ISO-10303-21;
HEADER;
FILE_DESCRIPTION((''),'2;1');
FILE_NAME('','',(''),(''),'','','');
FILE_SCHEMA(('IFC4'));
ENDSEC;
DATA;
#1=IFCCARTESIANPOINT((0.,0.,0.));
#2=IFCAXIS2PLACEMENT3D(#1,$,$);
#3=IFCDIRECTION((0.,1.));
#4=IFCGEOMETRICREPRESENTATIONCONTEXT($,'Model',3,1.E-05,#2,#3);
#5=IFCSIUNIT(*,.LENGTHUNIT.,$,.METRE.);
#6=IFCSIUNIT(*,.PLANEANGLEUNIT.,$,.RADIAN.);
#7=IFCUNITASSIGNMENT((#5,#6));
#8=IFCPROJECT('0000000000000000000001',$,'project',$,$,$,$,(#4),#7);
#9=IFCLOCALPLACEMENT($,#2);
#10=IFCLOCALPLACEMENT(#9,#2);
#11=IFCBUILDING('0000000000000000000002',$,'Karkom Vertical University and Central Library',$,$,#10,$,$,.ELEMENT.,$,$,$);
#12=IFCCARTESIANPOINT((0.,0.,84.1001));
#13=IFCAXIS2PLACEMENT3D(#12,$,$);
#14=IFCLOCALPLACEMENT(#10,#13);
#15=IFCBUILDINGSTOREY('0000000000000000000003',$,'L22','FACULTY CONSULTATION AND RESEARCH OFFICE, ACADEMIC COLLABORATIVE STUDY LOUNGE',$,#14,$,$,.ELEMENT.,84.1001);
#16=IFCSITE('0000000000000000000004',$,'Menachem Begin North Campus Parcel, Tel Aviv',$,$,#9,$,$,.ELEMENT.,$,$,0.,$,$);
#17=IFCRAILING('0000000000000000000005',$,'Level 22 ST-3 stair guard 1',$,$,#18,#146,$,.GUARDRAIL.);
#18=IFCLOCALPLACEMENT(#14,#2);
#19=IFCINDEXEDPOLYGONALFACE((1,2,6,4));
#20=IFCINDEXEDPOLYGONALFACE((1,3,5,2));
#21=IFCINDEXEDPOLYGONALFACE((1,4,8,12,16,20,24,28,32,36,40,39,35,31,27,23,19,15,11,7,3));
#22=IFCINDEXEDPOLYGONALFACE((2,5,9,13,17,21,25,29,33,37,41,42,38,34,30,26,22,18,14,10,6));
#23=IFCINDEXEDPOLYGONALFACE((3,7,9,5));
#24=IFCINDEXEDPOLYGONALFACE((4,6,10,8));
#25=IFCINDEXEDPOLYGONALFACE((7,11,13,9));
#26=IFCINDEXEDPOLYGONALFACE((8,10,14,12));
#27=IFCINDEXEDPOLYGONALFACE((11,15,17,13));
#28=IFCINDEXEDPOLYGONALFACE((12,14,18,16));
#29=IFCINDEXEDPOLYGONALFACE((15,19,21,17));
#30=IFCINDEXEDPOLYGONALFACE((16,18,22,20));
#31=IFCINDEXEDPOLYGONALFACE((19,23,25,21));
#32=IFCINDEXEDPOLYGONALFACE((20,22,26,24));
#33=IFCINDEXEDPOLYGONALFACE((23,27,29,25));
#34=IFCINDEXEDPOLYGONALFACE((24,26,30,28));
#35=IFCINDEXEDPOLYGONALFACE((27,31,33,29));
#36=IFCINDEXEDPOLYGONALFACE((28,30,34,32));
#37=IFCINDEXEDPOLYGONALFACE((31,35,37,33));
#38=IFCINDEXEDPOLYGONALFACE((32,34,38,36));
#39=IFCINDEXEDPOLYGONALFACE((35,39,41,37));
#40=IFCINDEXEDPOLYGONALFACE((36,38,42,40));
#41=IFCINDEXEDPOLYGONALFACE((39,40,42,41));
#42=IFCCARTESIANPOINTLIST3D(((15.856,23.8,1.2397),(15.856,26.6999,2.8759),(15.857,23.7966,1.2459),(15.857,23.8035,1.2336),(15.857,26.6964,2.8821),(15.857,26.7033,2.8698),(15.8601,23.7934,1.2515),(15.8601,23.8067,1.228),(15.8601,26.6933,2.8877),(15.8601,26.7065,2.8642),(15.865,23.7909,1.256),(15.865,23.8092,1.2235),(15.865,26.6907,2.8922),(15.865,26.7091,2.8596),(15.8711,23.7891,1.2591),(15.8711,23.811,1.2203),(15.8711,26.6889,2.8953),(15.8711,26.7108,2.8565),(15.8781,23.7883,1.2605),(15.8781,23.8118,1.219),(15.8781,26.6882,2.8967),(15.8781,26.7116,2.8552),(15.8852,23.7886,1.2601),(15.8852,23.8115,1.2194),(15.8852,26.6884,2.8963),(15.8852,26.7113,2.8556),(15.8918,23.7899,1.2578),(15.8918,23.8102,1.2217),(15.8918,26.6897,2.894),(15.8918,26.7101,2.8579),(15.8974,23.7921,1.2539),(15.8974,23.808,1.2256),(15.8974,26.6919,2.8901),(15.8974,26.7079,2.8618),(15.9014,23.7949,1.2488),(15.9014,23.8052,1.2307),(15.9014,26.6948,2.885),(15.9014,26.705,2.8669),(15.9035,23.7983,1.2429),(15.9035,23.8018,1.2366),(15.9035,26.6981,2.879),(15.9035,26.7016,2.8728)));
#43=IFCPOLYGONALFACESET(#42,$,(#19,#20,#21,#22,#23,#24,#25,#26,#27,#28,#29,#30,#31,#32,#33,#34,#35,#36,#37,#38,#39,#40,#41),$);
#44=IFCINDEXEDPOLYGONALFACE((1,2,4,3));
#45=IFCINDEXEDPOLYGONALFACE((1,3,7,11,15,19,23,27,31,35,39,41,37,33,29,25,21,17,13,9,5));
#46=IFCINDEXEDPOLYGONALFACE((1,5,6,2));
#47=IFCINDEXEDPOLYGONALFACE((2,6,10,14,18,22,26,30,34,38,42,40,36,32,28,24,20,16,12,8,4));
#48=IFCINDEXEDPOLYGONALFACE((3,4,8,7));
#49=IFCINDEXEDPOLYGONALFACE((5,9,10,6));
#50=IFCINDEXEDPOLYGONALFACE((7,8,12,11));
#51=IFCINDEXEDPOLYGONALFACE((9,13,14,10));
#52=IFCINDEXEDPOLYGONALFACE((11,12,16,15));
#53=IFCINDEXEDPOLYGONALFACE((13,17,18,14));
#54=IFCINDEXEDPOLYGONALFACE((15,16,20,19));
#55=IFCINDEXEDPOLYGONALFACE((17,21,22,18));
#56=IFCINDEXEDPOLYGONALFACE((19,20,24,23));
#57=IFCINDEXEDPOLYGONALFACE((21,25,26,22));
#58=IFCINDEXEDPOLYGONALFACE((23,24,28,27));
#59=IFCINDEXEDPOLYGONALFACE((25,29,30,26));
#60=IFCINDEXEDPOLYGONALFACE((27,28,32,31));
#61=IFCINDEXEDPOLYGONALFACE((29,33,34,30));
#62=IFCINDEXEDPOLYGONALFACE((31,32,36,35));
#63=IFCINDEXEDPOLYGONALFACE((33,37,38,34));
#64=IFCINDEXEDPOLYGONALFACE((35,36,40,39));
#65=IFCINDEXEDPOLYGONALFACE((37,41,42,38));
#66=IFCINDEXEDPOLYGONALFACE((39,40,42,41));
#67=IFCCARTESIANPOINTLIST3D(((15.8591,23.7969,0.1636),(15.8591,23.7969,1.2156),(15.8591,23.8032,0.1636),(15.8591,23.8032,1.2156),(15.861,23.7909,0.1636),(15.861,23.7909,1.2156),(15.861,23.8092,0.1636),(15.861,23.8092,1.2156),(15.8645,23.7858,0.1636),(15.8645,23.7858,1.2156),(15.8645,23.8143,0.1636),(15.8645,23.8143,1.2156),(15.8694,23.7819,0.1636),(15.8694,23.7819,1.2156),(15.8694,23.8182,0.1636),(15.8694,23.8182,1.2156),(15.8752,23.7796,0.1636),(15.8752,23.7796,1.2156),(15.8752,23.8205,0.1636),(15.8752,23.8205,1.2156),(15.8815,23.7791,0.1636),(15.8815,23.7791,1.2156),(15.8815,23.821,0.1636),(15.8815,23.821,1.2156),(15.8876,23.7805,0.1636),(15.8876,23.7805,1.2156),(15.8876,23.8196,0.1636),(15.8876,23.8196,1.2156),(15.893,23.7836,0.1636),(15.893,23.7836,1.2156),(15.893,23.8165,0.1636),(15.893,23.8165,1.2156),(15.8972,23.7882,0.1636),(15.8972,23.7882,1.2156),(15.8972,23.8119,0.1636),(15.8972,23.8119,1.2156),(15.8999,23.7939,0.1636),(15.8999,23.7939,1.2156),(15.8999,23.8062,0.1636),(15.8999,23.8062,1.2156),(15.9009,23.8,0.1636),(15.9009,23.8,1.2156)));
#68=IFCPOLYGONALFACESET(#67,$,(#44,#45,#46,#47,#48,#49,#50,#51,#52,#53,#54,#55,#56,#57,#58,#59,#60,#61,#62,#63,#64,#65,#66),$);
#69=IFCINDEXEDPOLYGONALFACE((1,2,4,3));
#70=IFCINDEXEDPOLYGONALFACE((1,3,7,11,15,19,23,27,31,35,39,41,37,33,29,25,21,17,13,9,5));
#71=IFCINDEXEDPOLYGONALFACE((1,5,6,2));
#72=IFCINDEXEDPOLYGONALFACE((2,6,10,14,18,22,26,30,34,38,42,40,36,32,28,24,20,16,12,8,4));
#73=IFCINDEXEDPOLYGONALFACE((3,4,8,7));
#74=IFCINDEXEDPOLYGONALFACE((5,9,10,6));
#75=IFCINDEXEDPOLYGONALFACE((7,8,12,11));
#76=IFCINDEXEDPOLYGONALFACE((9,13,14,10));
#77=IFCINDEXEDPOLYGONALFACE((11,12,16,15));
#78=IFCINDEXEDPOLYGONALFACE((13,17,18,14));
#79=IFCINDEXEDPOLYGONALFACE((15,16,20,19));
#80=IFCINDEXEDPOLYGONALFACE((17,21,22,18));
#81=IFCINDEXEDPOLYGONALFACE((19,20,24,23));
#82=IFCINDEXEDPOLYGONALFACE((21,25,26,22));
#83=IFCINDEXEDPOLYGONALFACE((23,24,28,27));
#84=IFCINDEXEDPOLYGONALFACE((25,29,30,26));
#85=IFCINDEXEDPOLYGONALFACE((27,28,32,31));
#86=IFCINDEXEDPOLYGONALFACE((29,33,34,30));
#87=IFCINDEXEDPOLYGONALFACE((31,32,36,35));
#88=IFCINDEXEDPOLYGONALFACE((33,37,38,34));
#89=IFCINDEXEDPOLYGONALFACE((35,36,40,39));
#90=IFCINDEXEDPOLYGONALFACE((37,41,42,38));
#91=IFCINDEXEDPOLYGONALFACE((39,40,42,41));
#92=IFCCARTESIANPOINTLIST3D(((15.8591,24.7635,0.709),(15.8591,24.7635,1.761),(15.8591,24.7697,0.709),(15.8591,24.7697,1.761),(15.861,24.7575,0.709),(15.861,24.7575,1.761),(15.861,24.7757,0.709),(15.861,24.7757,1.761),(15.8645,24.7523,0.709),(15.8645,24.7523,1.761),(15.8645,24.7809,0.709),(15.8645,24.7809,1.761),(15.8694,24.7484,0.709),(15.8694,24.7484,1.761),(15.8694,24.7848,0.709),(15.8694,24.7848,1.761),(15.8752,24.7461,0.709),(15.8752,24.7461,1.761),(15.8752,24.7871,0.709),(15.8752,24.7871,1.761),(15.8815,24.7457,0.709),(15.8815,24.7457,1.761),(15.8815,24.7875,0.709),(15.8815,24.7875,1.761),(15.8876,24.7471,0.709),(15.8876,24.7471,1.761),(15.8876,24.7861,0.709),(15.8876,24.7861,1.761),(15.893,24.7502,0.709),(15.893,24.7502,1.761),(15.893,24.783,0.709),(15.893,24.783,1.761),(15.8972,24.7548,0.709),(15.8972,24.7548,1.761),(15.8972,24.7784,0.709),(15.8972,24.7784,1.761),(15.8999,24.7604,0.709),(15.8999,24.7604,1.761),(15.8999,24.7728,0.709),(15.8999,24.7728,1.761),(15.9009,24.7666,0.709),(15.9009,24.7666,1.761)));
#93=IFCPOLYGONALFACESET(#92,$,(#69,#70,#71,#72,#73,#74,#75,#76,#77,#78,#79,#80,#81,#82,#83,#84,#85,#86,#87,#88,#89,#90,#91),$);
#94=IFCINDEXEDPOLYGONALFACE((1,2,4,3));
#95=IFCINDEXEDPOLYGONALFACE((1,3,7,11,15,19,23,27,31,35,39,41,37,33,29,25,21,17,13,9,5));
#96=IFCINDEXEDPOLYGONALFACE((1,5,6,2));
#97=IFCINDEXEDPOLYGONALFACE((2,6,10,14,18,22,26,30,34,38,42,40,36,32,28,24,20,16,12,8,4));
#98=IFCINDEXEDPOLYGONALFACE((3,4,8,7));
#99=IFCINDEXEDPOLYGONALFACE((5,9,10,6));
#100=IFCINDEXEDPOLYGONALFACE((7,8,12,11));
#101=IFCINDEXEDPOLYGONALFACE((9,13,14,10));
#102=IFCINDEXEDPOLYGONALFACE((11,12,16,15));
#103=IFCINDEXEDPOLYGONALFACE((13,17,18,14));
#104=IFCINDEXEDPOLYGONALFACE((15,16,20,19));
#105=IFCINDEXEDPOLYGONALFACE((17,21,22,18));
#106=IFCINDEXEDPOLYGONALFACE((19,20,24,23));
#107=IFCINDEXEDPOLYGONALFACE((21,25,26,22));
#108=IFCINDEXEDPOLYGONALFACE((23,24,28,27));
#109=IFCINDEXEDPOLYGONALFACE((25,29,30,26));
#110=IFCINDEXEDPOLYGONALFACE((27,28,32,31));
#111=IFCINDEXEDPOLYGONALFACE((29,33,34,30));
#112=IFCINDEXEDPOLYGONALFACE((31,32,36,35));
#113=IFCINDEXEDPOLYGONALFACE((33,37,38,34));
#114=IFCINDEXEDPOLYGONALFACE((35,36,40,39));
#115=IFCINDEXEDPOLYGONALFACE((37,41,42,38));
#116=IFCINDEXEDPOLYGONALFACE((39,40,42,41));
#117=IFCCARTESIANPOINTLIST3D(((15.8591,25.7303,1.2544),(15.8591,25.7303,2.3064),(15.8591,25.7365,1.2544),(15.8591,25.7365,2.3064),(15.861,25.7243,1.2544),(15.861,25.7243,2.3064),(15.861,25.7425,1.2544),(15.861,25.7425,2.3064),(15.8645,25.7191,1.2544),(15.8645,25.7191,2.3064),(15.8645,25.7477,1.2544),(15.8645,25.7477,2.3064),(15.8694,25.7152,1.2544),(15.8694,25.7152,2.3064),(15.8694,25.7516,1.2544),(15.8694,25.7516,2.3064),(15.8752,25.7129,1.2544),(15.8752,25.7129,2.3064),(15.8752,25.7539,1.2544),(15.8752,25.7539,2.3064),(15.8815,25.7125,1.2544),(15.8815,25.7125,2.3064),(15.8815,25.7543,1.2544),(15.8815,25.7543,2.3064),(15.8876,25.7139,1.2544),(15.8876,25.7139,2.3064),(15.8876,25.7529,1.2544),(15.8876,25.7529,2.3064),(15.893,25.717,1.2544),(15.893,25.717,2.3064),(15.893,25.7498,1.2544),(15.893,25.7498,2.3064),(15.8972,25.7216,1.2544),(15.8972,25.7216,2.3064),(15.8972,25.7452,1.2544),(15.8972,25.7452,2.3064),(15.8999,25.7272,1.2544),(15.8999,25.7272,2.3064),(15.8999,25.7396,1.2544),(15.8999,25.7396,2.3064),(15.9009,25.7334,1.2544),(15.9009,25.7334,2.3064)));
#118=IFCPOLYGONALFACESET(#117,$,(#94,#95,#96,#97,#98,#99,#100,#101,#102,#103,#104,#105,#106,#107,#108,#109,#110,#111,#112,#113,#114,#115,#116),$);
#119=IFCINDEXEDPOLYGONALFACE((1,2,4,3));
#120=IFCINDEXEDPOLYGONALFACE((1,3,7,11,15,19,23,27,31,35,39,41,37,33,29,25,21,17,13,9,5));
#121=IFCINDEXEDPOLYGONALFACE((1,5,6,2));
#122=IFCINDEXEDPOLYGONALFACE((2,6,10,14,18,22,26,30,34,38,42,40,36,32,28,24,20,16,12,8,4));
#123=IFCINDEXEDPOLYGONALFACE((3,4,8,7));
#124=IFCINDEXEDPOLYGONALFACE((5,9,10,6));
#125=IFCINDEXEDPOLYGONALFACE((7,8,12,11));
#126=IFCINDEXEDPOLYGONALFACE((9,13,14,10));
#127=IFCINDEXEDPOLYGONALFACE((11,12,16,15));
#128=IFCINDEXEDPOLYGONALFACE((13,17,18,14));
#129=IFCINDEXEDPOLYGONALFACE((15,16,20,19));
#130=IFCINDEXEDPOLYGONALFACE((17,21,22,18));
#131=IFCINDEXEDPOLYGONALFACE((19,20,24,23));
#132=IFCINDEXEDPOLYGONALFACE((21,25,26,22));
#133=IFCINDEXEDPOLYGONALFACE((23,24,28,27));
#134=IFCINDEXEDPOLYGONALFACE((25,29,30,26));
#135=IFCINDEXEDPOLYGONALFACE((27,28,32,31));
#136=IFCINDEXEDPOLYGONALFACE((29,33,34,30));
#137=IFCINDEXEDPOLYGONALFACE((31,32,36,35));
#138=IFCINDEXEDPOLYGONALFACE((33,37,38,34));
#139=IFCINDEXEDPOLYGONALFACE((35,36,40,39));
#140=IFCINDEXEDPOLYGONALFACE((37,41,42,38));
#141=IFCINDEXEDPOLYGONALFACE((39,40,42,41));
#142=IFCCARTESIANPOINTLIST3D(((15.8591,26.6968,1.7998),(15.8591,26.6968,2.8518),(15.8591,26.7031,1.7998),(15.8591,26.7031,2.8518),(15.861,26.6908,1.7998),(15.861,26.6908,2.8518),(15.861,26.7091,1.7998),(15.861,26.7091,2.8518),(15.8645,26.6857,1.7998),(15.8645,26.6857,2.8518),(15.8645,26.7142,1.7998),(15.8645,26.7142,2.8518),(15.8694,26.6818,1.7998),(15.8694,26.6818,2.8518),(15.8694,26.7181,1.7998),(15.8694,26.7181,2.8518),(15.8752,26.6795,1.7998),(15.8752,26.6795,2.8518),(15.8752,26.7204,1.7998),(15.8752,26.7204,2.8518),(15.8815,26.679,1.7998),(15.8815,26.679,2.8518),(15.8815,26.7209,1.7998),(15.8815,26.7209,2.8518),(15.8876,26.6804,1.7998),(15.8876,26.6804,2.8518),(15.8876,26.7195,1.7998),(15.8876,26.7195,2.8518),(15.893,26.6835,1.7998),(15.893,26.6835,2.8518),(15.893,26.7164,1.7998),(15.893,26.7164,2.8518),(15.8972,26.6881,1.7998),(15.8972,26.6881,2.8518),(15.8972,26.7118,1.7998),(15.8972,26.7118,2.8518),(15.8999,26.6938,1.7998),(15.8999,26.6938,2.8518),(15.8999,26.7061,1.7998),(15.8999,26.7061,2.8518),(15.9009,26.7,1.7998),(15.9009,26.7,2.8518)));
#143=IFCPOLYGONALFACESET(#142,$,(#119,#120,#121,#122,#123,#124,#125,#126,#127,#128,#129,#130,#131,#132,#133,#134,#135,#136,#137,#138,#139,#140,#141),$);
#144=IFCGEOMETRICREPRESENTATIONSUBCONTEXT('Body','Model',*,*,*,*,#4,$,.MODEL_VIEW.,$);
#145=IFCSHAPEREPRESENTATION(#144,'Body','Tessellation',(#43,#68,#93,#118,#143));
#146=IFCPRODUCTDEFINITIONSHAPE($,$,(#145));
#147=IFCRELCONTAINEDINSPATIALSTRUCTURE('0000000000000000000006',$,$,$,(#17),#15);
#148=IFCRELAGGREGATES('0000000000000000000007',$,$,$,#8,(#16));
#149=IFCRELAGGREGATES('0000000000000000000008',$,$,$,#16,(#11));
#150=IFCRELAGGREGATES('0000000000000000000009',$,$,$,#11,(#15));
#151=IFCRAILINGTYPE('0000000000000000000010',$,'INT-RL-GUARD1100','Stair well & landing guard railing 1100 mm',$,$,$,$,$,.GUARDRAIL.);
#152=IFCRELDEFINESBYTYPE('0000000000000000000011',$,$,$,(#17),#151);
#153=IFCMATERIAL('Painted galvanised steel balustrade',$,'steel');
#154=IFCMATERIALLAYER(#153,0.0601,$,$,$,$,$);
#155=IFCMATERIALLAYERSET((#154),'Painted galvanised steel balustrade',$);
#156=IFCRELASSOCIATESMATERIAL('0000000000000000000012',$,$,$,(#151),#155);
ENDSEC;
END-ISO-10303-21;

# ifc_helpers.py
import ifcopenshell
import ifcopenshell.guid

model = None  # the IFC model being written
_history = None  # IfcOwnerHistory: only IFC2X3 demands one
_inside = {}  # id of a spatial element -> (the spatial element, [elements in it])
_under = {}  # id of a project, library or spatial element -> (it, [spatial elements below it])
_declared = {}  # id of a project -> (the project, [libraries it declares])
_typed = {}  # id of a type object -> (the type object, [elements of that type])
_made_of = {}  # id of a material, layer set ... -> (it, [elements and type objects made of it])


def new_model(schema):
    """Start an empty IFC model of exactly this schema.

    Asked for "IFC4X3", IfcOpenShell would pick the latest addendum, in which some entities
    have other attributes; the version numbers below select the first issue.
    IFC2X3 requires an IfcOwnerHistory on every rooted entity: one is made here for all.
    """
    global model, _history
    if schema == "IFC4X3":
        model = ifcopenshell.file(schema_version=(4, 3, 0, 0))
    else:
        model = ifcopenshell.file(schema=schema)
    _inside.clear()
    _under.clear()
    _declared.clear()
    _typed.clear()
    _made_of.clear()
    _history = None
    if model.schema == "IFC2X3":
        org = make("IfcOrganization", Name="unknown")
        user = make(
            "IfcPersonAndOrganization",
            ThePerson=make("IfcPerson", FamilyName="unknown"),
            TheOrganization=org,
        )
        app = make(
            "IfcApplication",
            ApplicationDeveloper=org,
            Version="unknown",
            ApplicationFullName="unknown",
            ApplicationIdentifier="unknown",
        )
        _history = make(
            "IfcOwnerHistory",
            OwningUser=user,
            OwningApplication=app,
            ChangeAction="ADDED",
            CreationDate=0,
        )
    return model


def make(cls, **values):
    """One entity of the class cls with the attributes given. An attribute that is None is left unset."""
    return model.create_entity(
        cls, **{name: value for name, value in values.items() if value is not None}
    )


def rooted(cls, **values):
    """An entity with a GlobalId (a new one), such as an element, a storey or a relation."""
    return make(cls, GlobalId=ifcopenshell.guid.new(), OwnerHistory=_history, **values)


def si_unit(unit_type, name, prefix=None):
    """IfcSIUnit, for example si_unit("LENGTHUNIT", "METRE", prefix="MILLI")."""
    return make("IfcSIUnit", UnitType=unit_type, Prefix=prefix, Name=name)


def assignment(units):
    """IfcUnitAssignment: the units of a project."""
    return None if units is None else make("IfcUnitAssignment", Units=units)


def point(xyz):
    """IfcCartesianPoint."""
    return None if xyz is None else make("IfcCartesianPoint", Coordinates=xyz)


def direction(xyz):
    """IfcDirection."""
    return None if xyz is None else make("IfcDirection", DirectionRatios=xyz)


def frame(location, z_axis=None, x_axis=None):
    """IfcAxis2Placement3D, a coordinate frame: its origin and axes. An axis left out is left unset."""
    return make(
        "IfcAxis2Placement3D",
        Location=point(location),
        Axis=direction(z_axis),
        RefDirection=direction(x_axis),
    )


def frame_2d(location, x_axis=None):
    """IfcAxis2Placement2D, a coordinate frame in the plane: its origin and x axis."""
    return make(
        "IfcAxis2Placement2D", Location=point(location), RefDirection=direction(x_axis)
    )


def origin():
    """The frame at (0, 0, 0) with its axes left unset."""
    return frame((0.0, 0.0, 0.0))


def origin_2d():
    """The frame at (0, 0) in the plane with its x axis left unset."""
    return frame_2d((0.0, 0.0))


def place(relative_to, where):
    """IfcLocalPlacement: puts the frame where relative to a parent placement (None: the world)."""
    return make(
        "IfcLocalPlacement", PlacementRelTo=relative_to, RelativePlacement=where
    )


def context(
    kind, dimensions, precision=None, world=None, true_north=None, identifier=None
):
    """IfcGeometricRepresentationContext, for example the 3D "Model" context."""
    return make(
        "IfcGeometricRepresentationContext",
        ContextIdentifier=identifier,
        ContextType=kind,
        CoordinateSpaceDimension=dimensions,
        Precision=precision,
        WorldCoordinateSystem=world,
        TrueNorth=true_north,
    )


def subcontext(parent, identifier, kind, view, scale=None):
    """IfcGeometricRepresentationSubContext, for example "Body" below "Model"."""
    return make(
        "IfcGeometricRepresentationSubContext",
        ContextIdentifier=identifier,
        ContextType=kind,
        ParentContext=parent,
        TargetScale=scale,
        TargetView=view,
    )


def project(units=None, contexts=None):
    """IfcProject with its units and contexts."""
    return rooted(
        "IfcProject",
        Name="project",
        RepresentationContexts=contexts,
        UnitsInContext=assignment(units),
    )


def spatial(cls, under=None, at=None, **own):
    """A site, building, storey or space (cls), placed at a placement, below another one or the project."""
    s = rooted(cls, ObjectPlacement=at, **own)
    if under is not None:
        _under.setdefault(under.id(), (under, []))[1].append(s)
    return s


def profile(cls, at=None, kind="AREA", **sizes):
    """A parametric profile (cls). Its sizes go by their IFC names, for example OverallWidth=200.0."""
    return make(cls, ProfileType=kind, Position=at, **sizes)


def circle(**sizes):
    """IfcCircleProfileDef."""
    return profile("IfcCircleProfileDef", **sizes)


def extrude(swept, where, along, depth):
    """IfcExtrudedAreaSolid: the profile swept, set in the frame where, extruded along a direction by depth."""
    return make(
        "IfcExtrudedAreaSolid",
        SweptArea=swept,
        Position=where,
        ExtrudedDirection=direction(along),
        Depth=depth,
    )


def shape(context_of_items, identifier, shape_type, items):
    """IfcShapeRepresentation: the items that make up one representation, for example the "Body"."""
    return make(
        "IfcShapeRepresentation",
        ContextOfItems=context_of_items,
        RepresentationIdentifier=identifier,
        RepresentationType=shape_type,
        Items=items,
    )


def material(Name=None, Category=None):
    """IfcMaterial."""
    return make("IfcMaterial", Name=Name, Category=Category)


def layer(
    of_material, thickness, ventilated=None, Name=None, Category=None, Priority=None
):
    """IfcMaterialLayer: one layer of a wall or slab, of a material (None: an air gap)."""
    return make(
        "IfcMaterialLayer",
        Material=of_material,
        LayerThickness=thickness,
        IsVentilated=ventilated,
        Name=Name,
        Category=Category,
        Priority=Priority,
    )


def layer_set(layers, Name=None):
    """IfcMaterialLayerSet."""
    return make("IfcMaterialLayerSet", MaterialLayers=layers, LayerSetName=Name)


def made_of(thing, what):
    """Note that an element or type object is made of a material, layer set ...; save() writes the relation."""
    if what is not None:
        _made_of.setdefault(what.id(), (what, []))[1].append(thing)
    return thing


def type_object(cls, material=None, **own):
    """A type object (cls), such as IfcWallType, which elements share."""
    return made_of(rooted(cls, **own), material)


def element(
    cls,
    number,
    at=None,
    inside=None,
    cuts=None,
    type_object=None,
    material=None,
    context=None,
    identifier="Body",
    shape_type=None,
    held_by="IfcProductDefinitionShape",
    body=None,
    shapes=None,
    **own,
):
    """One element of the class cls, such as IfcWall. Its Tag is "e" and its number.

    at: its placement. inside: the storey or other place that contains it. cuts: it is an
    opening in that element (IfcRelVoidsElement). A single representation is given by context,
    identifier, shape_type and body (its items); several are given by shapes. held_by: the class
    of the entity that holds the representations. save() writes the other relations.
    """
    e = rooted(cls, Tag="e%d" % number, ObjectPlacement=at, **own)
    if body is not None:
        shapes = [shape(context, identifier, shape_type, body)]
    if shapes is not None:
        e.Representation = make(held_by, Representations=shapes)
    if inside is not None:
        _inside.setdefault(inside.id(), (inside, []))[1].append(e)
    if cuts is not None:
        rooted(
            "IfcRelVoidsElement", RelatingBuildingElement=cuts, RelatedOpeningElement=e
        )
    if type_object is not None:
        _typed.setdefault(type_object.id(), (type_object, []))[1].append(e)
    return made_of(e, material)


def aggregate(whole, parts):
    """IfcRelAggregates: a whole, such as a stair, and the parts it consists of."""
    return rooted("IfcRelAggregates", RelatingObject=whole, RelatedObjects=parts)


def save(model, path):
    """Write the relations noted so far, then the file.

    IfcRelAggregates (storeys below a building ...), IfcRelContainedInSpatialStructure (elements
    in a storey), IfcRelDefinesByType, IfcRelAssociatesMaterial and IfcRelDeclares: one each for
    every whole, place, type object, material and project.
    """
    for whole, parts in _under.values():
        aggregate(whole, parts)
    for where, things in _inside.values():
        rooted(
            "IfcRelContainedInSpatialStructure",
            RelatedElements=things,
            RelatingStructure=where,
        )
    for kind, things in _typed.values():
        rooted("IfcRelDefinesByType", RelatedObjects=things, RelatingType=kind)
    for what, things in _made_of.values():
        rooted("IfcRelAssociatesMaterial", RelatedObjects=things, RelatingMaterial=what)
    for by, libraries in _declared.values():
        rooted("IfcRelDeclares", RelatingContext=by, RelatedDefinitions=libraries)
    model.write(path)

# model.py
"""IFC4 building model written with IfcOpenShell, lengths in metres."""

from ifc_helpers import new_model, si_unit, direction, frame, origin, origin_2d, place, context, subcontext, project, spatial, circle, extrude, material, layer, layer_set, type_object, element, save


model = new_model("IFC4")

# Units and contexts
model_context = context("Model", 3, precision=1e-05, world=origin(), true_north=direction((0.0, 1.0)))
body_context = subcontext(model_context, "Body", "Model", "MODEL_VIEW")
ifc_project = project(units=[si_unit("LENGTHUNIT", "METRE"), si_unit("PLANEANGLEUNIT", "RADIAN")], contexts=[model_context])

# Site, building, storey
site_placement = place(None, origin())
site = spatial("IfcSite", under=ifc_project, at=site_placement, Name="Menachem Begin North Campus Parcel, Tel Aviv", CompositionType="ELEMENT", RefElevation=0.0)
building_placement = place(site_placement, origin())
building = spatial("IfcBuilding", under=site, at=building_placement, Name="Karkom Vertical University and Central Library", CompositionType="ELEMENT")
storey_placement = place(building_placement, frame((0.0, 0.0, 84.1001)))
storey = spatial("IfcBuildingStorey", under=building, at=storey_placement, Name="L22", Description="FACULTY CONSULTATION AND RESEARCH OFFICE, ACADEMIC COLLABORATIVE STUDY LOUNGE", CompositionType="ELEMENT", Elevation=84.1001)

# Railing
ifc_material_1 = material(Name="Painted galvanised steel balustrade", Category="steel")
ifc_layer_1 = layer(ifc_material_1, 0.0601)
ifc_layer_set_1 = layer_set([ifc_layer_1], Name="Painted galvanised steel balustrade")
railing_type_1 = type_object("IfcRailingType", Name="INT-RL-GUARD1100", Description="Stair well & landing guard railing 1100 mm", PredefinedType="GUARDRAIL", material=ifc_layer_set_1)
railing_1_placement = place(storey_placement, frame((15.8799, 23.8, 0.1636)))
element("IfcRailing", 1, at=railing_1_placement, inside=storey, type_object=railing_type_1, Name="Level 22 ST-3 stair guard 1", PredefinedType="GUARDRAIL", context=body_context, shape_type="SweptSolid", body=[
    extrude(circle(Radius=0.0239, at=origin_2d()), frame((0.0, 0.0, 1.0762), z_axis=(0.0, 0.870929, 0.49141), x_axis=(-1.0, 0.0, 0.0)), (0.0, 0.0, 1.0), 3.3296),
    extrude(circle(Radius=0.021, at=origin_2d()), origin(), (0.0, 0.0, 1.0), 1.052),
    extrude(circle(Radius=0.021, at=origin_2d()), frame((0.0, 0.9666, 0.5454)), (0.0, 0.0, 1.0), 1.052),
    extrude(circle(Radius=0.021, at=origin_2d()), frame((0.0, 1.9333, 1.0908)), (0.0, 0.0, 1.0), 1.052),
    extrude(circle(Radius=0.021, at=origin_2d()), frame((0.0, 2.8999, 1.6362)), (0.0, 0.0, 1.0), 1.052),
])

save(model, "model.ifc")
